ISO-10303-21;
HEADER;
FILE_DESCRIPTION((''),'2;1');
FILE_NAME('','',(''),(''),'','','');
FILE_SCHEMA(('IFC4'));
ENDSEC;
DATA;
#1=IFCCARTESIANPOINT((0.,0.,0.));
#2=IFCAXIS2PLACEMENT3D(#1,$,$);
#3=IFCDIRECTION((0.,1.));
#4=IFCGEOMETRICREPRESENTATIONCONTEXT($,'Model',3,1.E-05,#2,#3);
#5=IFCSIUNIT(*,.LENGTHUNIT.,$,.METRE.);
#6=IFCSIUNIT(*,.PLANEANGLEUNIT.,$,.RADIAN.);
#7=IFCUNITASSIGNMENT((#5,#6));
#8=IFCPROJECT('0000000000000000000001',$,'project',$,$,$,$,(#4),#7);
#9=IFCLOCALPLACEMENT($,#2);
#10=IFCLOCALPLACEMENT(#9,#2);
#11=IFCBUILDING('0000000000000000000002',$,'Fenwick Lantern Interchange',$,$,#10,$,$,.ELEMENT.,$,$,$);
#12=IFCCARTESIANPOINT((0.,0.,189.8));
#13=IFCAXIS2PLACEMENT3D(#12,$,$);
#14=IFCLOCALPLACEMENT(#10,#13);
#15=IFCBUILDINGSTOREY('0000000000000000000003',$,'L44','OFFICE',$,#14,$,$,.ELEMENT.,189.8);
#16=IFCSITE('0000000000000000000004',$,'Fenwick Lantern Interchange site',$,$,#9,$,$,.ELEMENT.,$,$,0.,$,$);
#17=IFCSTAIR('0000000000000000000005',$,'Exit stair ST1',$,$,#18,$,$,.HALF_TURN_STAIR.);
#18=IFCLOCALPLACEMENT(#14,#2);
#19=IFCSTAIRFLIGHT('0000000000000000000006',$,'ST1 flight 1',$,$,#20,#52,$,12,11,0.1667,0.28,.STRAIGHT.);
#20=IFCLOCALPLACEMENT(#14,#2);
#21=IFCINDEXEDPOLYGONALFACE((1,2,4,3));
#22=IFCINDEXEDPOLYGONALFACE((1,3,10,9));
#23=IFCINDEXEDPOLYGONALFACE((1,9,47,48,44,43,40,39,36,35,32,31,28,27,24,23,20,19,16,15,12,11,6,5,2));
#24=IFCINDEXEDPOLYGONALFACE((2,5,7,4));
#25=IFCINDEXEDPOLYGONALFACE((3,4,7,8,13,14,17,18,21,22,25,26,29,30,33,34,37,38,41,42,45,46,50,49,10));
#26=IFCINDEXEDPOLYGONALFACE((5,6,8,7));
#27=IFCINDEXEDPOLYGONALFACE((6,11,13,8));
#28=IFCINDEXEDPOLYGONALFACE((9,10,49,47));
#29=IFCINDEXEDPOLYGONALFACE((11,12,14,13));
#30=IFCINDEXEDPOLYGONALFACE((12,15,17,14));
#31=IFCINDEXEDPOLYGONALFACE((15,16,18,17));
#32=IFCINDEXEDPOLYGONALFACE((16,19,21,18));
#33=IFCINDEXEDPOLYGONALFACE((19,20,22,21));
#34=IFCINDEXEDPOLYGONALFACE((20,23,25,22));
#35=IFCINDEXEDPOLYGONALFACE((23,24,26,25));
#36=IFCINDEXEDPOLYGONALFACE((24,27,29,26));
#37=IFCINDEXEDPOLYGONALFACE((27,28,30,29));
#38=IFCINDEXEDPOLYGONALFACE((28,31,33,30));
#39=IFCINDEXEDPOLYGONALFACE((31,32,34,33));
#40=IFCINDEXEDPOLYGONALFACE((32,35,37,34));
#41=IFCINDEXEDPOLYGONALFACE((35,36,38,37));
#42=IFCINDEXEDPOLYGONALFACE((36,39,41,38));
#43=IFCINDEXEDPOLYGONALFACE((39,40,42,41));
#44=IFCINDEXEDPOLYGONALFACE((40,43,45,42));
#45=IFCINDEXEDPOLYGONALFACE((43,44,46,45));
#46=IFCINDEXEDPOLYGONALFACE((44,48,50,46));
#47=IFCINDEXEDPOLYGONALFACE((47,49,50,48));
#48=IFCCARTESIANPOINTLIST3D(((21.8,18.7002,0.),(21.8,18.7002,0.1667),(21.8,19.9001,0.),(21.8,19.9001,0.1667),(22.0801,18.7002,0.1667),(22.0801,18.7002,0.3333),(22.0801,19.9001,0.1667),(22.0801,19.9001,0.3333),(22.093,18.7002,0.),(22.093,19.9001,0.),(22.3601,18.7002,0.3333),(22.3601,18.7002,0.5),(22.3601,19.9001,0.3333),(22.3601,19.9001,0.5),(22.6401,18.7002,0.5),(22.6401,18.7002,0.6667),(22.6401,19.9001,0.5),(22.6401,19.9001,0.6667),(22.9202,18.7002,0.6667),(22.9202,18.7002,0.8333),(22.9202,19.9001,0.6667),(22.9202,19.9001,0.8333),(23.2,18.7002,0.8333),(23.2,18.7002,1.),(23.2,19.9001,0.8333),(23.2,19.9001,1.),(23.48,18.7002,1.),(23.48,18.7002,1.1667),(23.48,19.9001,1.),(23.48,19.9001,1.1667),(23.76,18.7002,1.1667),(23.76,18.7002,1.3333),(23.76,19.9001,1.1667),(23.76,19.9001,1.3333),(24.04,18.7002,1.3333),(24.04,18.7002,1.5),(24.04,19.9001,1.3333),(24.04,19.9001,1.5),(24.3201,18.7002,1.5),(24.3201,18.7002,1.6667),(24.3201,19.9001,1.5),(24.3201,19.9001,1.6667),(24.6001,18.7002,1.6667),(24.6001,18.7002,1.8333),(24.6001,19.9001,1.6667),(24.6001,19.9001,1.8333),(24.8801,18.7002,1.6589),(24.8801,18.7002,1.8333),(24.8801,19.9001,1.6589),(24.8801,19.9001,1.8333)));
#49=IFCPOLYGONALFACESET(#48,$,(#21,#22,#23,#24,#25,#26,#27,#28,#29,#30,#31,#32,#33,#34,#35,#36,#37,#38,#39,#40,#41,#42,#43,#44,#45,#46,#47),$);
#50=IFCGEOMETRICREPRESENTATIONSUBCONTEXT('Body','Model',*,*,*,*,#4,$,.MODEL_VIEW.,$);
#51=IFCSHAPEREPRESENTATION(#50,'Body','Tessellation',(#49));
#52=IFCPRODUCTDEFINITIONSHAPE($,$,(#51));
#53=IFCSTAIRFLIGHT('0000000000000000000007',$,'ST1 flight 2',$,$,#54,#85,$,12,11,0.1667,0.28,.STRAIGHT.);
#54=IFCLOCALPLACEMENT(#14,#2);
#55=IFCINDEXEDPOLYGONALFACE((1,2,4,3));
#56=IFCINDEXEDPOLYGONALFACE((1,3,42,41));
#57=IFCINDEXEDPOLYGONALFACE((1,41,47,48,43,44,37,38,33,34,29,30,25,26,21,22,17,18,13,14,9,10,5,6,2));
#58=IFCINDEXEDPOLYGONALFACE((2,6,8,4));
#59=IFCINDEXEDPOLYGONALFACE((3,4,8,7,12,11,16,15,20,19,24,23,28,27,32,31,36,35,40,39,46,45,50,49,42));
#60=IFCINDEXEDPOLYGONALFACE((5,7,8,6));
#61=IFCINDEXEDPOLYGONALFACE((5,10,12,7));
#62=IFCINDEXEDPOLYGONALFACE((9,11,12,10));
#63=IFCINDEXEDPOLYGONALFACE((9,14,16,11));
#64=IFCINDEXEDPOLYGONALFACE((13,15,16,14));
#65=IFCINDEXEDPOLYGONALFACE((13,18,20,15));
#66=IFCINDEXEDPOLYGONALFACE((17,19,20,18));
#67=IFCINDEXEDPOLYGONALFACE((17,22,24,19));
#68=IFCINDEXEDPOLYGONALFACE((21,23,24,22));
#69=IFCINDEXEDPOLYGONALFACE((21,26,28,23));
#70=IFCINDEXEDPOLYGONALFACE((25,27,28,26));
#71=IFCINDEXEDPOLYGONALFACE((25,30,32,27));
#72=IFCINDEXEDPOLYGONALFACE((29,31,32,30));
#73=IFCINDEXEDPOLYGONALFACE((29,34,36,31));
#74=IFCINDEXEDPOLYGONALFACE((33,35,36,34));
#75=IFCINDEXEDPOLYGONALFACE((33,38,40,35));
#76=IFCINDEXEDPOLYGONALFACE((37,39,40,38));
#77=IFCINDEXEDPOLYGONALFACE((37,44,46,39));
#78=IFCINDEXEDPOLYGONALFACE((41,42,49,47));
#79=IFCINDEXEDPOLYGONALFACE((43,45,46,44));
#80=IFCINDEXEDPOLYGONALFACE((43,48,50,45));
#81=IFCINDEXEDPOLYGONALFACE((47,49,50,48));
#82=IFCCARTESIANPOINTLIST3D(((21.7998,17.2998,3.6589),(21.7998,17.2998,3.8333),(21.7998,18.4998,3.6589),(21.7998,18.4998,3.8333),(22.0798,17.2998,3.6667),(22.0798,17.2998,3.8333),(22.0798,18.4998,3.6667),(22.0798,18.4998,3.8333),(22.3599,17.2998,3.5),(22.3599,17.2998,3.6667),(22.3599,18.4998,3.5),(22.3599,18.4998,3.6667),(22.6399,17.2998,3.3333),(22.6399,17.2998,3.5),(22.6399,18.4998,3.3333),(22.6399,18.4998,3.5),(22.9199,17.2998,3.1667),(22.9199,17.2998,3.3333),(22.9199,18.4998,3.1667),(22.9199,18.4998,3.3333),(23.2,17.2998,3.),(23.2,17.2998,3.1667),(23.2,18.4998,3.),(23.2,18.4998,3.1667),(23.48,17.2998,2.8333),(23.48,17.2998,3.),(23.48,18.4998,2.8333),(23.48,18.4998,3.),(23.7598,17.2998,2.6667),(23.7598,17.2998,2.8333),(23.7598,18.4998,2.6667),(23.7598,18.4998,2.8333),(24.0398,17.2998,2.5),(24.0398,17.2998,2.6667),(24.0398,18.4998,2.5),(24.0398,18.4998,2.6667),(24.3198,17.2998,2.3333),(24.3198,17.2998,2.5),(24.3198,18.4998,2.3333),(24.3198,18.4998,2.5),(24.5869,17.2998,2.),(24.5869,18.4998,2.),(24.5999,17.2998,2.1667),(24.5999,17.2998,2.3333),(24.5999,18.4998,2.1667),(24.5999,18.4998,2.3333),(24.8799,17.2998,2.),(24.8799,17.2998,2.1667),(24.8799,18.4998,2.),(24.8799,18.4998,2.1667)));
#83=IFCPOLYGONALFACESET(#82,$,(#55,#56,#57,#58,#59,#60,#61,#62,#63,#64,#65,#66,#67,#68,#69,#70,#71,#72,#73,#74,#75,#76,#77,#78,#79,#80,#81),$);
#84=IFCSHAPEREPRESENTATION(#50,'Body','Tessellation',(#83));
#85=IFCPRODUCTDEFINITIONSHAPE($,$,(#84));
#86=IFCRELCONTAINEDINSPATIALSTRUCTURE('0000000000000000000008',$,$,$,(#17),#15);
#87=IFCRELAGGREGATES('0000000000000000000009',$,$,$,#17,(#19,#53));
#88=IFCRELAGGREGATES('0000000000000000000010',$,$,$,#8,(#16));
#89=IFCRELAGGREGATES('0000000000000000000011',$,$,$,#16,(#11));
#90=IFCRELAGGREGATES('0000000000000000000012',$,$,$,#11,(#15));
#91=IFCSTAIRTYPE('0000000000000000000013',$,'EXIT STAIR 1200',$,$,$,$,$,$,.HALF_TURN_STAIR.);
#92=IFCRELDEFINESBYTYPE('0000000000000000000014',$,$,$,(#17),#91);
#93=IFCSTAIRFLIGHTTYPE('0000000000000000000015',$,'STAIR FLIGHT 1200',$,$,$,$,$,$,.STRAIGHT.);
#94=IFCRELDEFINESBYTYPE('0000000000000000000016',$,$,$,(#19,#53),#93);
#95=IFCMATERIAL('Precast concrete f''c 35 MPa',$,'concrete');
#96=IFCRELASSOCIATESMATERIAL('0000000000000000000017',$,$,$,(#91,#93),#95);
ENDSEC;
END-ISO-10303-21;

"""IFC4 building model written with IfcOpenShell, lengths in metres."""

from ifc_helpers import new_model, si_unit, direction, frame, origin, place, context, subcontext, project, spatial, polyline, outline, extrude, material, type_object, element, aggregate, save


model = new_model("IFC4")

# Units and contexts
model_context = context("Model", 3, precision=1e-05, world=origin(), true_north=direction((0.0, 1.0)))
body_context = subcontext(model_context, "Body", "Model", "MODEL_VIEW")
ifc_project = project(units=[si_unit("LENGTHUNIT", "METRE"), si_unit("PLANEANGLEUNIT", "RADIAN")], contexts=[model_context])

# Site, building, storey
site_placement = place(None, origin())
site = spatial("IfcSite", under=ifc_project, at=site_placement, Name="Fenwick Lantern Interchange site", CompositionType="ELEMENT", RefElevation=0.0)
building_placement = place(site_placement, origin())
building = spatial("IfcBuilding", under=site, at=building_placement, Name="Fenwick Lantern Interchange", CompositionType="ELEMENT")
storey_placement = place(building_placement, frame((0.0, 0.0, 189.8)))
storey = spatial("IfcBuildingStorey", under=building, at=storey_placement, Name="L44", Description="OFFICE", CompositionType="ELEMENT", Elevation=189.8)

# Stair, stair flights
ifc_material_1 = material(Name="Precast concrete f'c 35 MPa", Category="concrete")
stair_type = type_object("IfcStairType", Name="EXIT STAIR 1200", PredefinedType="HALF_TURN_STAIR", material=ifc_material_1)
stair_placement = place(storey_placement, origin())
stair = element("IfcStair", 1, at=stair_placement, inside=storey, type_object=stair_type, Name="Exit stair ST1", PredefinedType="HALF_TURN_STAIR")
stair_flight_type = type_object("IfcStairFlightType", Name="STAIR FLIGHT 1200", PredefinedType="STRAIGHT", material=ifc_material_1)
stair_flight_1_placement = place(storey_placement, frame((21.8, 19.3, 0.0), z_axis=(0.0, 0.0, 1.0), x_axis=(1.0, 0.0, 0.0)))
stair_flight_1 = element("IfcStairFlight", 2, at=stair_flight_1_placement, type_object=stair_flight_type, Name="ST1 flight 1", NumberOfRisers=12, NumberOfTreads=11, PredefinedType="STRAIGHT", RiserHeight=0.1667, TreadLength=0.28, context=body_context, shape_type="SweptSolid", body=[
    extrude(outline(polyline([(0.0, 0.0), (0.0, 0.1667), (0.28, 0.1667), (0.28, 0.3333), (0.5601, 0.3333), (0.5601, 0.5), (0.8401, 0.5), (0.8401, 0.6667), (1.1201, 0.6667), (1.1201, 0.8333), (1.3999, 0.8333), (1.3999, 1.0), (1.6799, 1.0), (1.6799, 1.1667), (1.96, 1.1667), (1.96, 1.3333), (2.24, 1.3333), (2.24, 1.5), (2.52, 1.5), (2.52, 1.6667), (2.8, 1.6667), (2.8, 1.8333), (3.0801, 1.8333), (3.0801, 2.0), (3.0801, 1.6589), (0.293, 0.0), (0.0, 0.0)])), frame((0.0, 0.6001, 0.0), z_axis=(0.0, -1.0, 0.0), x_axis=(1.0, 0.0, 0.0)), (0.0, 0.0, 1.0), 1.2),
])
stair_flight_2_placement = place(storey_placement, frame((24.8799, 17.8999, 2.0), z_axis=(0.0, 0.0, 1.0), x_axis=(-1.0, 0.0, 0.0)))
stair_flight_2 = element("IfcStairFlight", 3, at=stair_flight_2_placement, type_object=stair_flight_type, Name="ST1 flight 2", NumberOfRisers=12, NumberOfTreads=11, PredefinedType="STRAIGHT", RiserHeight=0.1667, TreadLength=0.28, context=body_context, shape_type="SweptSolid", body=[
    extrude(outline(polyline([(0.0, 0.0), (0.0, 0.1667), (0.28, 0.1667), (0.28, 0.3333), (0.5601, 0.3333), (0.5601, 0.5), (0.8401, 0.5), (0.8401, 0.6667), (1.1201, 0.6667), (1.1201, 0.8333), (1.3999, 0.8333), (1.3999, 1.0), (1.6799, 1.0), (1.6799, 1.1667), (1.96, 1.1667), (1.96, 1.3333), (2.24, 1.3333), (2.24, 1.5), (2.52, 1.5), (2.52, 1.6667), (2.8, 1.6667), (2.8, 1.8333), (3.0801, 1.8333), (3.0801, 2.0), (3.0801, 1.6589), (0.293, 0.0), (0.0, 0.0)])), frame((0.0, 0.6001, 0.0), z_axis=(0.0, -1.0, 0.0), x_axis=(1.0, 0.0, 0.0)), (0.0, 0.0, 1.0), 1.2),
])
aggregate(stair, [stair_flight_1, stair_flight_2])

save(model, "model.ifc")
